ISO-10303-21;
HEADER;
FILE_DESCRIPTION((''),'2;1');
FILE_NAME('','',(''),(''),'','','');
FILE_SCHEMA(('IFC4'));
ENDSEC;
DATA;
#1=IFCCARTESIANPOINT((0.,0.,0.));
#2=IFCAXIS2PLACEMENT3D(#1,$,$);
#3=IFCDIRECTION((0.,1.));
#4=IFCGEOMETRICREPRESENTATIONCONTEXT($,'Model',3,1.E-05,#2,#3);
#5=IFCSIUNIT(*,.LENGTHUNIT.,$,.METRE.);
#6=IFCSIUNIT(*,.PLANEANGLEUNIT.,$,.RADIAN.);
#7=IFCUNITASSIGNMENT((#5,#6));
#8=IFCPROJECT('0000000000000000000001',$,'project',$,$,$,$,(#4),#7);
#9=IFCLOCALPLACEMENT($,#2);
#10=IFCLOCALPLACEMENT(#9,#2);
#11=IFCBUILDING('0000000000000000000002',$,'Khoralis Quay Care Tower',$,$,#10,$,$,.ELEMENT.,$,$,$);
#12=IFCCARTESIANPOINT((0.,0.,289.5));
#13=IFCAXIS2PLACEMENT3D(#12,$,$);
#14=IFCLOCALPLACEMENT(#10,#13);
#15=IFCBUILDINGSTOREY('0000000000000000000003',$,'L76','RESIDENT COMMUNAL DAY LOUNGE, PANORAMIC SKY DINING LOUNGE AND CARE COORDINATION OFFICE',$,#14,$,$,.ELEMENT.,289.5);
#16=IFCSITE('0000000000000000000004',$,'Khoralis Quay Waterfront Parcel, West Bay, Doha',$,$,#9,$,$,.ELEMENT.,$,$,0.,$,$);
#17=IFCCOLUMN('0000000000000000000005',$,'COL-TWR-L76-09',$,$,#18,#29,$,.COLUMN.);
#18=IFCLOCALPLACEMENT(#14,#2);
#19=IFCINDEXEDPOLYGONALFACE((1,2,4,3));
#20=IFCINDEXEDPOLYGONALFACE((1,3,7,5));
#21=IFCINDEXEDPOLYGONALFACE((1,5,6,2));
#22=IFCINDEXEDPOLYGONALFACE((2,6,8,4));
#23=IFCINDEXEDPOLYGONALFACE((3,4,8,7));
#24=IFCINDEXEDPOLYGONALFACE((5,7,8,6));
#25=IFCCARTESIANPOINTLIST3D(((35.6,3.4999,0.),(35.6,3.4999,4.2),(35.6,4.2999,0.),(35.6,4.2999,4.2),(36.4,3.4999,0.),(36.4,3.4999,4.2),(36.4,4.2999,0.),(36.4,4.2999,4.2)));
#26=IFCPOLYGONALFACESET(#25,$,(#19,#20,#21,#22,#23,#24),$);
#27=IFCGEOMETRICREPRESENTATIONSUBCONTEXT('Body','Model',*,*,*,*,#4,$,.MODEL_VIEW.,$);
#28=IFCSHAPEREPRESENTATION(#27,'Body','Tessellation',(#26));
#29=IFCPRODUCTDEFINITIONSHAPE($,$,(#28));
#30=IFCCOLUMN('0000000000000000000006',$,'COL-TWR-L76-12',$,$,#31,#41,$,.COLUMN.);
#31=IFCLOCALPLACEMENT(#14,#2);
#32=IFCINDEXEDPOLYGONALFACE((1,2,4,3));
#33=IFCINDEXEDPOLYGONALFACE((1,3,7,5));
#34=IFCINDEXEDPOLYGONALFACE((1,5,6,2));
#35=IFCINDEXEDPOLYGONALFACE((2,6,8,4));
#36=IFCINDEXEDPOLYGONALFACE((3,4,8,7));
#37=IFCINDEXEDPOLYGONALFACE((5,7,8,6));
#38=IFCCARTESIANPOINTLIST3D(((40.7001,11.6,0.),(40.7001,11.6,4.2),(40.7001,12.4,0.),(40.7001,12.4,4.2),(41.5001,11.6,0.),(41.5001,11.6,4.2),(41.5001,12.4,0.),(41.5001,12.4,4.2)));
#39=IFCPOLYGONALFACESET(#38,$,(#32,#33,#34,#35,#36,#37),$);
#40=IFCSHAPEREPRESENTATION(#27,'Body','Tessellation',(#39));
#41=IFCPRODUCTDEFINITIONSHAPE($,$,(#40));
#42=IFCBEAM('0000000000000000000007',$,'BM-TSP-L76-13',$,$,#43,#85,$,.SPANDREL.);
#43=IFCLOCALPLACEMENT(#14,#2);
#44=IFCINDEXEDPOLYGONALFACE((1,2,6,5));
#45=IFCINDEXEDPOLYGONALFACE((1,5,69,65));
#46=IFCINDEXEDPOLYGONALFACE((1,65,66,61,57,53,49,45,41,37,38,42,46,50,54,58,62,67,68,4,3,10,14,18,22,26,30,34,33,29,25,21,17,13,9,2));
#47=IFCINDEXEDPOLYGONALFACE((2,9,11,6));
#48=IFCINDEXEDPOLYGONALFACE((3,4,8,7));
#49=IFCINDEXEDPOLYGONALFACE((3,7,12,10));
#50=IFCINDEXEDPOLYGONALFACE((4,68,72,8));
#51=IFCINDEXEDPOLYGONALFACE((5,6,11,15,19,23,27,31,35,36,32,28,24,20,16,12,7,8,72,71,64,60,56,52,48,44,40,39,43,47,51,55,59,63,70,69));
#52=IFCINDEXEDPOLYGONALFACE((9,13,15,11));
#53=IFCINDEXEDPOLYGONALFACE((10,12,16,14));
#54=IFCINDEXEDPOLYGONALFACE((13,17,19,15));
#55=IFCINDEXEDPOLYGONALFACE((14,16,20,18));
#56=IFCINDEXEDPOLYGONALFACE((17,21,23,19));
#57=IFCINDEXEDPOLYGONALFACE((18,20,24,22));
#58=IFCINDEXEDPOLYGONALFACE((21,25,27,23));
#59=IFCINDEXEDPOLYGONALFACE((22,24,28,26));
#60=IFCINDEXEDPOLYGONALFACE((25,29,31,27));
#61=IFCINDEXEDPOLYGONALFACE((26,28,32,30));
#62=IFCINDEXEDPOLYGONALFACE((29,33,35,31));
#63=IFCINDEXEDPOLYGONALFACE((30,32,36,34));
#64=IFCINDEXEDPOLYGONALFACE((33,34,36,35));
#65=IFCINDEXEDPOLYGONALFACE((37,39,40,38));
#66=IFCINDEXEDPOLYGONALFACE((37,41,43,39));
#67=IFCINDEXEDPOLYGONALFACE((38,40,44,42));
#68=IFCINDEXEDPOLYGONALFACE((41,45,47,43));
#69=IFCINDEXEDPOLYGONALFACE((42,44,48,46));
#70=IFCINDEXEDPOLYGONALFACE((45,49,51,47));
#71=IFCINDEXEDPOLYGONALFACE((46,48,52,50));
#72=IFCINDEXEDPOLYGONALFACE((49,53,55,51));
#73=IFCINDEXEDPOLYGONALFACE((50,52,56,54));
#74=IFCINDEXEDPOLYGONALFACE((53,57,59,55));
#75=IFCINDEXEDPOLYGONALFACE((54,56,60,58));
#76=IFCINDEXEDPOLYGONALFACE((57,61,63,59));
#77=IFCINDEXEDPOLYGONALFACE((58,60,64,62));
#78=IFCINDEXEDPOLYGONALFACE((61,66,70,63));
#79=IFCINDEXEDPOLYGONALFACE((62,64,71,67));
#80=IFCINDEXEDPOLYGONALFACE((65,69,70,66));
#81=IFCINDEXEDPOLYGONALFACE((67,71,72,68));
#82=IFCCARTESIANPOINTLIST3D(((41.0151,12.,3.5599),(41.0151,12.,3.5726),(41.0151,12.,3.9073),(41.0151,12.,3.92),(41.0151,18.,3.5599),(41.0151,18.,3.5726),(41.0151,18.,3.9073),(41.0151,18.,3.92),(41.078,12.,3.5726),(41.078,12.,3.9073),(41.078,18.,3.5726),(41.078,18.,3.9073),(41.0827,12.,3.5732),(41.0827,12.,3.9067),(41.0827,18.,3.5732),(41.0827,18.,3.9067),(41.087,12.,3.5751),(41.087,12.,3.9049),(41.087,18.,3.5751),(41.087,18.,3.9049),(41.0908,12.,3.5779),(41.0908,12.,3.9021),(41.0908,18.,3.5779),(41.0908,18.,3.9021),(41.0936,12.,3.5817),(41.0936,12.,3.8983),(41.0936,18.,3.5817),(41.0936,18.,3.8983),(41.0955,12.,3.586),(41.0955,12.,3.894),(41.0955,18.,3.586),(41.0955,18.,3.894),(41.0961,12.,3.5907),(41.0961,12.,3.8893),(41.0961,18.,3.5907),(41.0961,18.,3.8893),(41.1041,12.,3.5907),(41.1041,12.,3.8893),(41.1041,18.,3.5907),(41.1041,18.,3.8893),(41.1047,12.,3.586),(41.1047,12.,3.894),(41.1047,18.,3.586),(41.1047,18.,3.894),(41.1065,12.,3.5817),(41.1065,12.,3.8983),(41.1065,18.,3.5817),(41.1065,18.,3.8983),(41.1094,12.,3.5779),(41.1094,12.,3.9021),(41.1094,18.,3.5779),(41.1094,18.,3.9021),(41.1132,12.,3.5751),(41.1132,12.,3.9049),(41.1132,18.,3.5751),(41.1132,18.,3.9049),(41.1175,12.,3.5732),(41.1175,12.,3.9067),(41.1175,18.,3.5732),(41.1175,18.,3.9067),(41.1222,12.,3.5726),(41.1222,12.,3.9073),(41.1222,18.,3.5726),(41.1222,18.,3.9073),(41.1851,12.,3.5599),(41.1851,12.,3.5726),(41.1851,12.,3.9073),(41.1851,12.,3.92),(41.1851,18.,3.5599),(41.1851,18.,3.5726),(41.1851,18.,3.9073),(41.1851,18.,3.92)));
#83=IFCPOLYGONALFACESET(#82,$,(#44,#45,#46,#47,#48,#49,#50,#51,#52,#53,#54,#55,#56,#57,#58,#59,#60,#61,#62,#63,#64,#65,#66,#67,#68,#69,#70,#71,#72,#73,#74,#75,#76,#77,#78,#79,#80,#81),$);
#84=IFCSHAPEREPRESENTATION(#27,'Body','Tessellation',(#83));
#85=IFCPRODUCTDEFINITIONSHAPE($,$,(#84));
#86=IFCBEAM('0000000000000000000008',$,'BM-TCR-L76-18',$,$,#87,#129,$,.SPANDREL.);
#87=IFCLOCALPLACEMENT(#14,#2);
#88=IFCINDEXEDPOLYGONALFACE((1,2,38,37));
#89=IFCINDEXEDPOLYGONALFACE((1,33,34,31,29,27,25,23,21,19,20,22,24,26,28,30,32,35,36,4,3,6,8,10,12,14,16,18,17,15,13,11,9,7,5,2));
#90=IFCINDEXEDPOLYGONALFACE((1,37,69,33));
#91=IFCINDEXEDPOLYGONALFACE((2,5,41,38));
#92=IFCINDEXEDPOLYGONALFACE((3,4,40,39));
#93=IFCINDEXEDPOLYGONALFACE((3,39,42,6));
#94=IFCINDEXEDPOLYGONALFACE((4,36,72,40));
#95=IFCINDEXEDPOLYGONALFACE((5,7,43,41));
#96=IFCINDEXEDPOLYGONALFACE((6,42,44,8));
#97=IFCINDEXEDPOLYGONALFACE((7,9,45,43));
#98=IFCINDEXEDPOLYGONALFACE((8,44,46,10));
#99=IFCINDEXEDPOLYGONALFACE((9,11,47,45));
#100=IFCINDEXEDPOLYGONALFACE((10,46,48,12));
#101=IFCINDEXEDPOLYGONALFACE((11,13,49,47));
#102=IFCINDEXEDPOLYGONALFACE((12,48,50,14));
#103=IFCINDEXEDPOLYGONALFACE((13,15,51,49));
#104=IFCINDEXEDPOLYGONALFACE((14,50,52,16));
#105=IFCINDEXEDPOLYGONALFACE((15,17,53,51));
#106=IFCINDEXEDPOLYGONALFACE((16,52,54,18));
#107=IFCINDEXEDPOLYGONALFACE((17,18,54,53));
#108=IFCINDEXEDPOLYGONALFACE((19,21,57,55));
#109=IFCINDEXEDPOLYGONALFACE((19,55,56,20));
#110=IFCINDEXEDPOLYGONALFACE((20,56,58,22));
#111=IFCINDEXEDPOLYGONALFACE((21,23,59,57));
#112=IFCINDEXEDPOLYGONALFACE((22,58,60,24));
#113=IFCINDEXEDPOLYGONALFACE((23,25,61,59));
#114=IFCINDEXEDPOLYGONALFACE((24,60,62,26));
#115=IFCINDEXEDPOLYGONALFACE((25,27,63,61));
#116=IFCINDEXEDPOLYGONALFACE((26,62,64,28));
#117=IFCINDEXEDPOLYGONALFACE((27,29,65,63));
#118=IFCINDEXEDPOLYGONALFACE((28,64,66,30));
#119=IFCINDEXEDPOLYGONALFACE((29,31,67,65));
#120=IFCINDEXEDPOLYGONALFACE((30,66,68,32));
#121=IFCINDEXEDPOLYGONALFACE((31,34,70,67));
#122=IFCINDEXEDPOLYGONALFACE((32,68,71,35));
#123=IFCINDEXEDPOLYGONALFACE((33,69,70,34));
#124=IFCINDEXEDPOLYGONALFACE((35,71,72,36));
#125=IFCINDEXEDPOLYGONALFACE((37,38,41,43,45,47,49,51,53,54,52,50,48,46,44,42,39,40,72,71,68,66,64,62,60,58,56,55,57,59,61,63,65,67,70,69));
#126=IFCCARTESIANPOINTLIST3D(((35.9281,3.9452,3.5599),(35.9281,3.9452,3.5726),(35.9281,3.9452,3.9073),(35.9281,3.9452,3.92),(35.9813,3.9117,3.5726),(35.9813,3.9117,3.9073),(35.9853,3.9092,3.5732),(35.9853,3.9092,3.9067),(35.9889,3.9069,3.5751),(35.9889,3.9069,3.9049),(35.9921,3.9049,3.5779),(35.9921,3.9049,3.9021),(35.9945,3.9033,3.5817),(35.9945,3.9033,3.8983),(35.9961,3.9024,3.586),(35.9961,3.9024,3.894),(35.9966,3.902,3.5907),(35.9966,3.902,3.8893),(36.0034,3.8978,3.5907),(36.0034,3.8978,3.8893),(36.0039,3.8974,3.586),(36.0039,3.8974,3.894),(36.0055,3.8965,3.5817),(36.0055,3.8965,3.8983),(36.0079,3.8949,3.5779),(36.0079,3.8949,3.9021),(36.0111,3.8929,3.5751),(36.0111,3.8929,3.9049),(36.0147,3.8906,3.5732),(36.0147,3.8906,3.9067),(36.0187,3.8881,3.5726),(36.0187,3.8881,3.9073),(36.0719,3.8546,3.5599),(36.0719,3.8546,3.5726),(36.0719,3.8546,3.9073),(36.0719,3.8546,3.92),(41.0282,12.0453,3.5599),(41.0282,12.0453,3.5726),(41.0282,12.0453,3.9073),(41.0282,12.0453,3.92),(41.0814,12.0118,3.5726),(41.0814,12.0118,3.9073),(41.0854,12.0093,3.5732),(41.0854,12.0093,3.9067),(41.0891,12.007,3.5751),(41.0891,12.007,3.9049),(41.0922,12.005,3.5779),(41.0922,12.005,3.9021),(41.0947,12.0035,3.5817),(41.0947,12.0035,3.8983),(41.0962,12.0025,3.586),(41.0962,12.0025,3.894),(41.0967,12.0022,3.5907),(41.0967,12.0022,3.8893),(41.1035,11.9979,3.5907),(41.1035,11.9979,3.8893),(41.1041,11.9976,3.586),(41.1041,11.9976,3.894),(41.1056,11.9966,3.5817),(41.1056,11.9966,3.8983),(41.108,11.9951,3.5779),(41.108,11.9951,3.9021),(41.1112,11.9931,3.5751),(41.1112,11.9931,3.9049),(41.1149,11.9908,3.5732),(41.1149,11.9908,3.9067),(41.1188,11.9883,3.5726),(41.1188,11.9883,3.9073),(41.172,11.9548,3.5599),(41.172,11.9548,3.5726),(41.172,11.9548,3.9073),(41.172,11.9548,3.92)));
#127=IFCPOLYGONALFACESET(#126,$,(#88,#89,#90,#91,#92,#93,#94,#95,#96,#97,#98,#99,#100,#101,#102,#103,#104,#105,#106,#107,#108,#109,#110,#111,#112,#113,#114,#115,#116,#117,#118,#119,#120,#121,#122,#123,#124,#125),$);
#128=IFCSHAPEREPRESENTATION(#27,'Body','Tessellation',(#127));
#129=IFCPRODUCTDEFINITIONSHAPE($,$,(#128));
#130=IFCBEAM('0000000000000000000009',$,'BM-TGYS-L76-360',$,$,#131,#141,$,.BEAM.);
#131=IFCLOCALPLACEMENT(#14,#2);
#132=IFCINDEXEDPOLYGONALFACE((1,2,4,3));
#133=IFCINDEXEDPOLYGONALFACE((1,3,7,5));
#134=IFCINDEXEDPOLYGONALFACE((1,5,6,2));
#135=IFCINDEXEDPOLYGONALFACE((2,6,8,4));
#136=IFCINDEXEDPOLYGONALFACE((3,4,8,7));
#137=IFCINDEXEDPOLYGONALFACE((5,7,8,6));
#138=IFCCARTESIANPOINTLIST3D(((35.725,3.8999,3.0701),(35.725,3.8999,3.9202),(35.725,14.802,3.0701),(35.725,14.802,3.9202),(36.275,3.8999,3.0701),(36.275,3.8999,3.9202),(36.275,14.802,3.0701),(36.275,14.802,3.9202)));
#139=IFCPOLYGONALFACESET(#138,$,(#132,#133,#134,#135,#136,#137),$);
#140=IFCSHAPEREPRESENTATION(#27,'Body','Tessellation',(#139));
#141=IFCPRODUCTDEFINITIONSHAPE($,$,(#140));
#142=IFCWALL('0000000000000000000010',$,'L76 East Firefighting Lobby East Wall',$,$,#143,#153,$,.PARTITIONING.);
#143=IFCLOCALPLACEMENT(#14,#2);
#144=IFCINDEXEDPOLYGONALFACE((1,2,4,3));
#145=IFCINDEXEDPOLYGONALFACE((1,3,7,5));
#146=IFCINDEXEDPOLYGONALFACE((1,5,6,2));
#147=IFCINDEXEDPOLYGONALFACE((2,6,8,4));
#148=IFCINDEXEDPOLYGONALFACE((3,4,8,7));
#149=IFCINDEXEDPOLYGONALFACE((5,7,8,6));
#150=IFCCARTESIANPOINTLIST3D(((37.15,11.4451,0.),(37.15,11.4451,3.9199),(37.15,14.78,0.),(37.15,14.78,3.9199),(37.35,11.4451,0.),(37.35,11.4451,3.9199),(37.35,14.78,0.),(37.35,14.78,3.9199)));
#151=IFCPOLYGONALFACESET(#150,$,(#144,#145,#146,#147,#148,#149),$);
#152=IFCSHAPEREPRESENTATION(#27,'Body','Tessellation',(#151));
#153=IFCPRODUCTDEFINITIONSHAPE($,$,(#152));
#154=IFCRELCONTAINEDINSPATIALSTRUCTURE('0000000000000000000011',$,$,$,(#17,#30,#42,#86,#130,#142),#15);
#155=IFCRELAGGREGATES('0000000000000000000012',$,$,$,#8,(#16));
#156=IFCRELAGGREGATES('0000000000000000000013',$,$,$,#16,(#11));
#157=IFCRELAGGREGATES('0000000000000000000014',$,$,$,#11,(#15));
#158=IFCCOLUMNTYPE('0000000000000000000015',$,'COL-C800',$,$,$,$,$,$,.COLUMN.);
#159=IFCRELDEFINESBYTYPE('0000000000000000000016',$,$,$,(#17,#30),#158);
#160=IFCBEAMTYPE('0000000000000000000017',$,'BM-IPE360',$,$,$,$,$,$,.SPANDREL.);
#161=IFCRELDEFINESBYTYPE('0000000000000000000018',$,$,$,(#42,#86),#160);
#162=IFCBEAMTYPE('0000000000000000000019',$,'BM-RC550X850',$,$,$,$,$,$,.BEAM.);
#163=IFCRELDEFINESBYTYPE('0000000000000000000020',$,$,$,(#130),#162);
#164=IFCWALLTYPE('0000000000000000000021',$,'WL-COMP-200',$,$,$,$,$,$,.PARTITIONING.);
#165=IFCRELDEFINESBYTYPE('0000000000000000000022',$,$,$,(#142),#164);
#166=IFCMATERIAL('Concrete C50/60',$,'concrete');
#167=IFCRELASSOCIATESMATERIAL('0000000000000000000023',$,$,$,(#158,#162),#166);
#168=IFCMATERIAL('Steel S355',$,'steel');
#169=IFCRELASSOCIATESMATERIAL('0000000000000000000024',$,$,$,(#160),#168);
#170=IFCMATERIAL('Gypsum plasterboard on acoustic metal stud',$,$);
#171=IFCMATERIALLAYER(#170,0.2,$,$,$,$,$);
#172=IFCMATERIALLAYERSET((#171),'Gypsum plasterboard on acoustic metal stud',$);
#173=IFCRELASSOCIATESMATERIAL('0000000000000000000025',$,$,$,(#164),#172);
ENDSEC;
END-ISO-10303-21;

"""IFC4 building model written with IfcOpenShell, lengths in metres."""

from ifc_helpers import new_model, si_unit, direction, frame, frame_2d, origin, origin_2d, place, context, subcontext, project, spatial, rectangle, i_section, extrude, source, transform, mapped, material, layer, layer_set, material_profile, profile_set, type_object, element, save


model = new_model("IFC4")

# Units and contexts
model_context = context("Model", 3, precision=1e-05, world=origin(), true_north=direction((0.0, 1.0)))
body_context = subcontext(model_context, "Body", "Model", "MODEL_VIEW")
ifc_project = project(units=[si_unit("LENGTHUNIT", "METRE"), si_unit("PLANEANGLEUNIT", "RADIAN")], contexts=[model_context])

# Site, building, storey
site_placement = place(None, origin())
site = spatial("IfcSite", under=ifc_project, at=site_placement, Name="Khoralis Quay Waterfront Parcel, West Bay, Doha", CompositionType="ELEMENT", RefElevation=0.0)
building_placement = place(site_placement, origin())
building = spatial("IfcBuilding", under=site, at=building_placement, Name="Khoralis Quay Care Tower", CompositionType="ELEMENT")
storey_placement = place(building_placement, frame((0.0, 0.0, 289.5)))
storey = spatial("IfcBuildingStorey", under=building, at=storey_placement, Name="L76", Description="RESIDENT COMMUNAL DAY LOUNGE, PANORAMIC SKY DINING LOUNGE AND CARE COORDINATION OFFICE", CompositionType="ELEMENT", Elevation=289.5)

# Columns
ifc_material_1 = material(Name="Concrete C50/60", Category="concrete")
ifc_material_profile_1 = material_profile(ifc_material_1, rectangle(XDim=0.8, YDim=0.8, at=origin_2d()), Name="Concrete C50/60")
ifc_profile_set_1 = profile_set([ifc_material_profile_1], Name="Concrete C50/60")
column_type = type_object("IfcColumnType", Name="COL-C800", PredefinedType="COLUMN", material=ifc_profile_set_1)
shared_shape_1 = source(origin(), body_context, "Body", "SweptSolid", [
    extrude(rectangle(XDim=0.8, YDim=0.8, at=origin_2d()), origin(), (0.0, 0.0, 1.0), 4.2),
])
for number, where, z_axis, x_axis, name in (
    (1, (36.0, 3.8999, 0.0), (0.0, 0.0, 1.0), (1.0, 0.0, 0.0), "COL-TWR-L76-09"),
    (2, (41.1001, 12.0, 0.0), (0.0, 0.0, 1.0), (1.0, 0.0, 0.0), "COL-TWR-L76-12"),
):
    element("IfcColumn", number, at=place(storey_placement, frame(where, z_axis=z_axis, x_axis=x_axis)), inside=storey, type_object=column_type, Name=name, PredefinedType="COLUMN", context=body_context, shape_type="MappedRepresentation", body=[
        mapped(shared_shape_1, transform((0.0, 0.0, 0.0), scale=1.0)),
    ])

# Beams
ifc_material_2 = material(Name="Steel S355", Category="steel")
ifc_material_profile_2 = material_profile(ifc_material_2, i_section(OverallWidth=0.1699, OverallDepth=0.3601, WebThickness=0.0081, FlangeThickness=0.0127, FilletRadius=0.0181, at=origin_2d()), Name="Steel S355")
ifc_profile_set_2 = profile_set([ifc_material_profile_2], Name="Steel S355")
beam_type_1 = type_object("IfcBeamType", Name="BM-IPE360", PredefinedType="SPANDREL", material=ifc_profile_set_2)
shared_shape_2 = source(origin(), body_context, "Body", "SweptSolid", [
    extrude(i_section(OverallWidth=0.1699, OverallDepth=0.3601, WebThickness=0.0081, FlangeThickness=0.0127, FilletRadius=0.0181, at=origin_2d()), origin(), (0.0, 0.0, 1.0), 6.0),
])
beam_1_placement = place(storey_placement, frame((41.1001, 12.0, 3.74), z_axis=(0.0, 1.0, 0.0), x_axis=(-1.0, 0.0, 0.0)))
element("IfcBeam", 3, at=beam_1_placement, inside=storey, type_object=beam_type_1, Name="BM-TSP-L76-13", PredefinedType="SPANDREL", context=body_context, shape_type="MappedRepresentation", body=[
    mapped(shared_shape_2, transform((0.0, 0.0, 0.0), scale=1.0)),
])
shared_shape_3 = source(origin(), body_context, "Body", "SweptSolid", [
    extrude(i_section(OverallWidth=0.1699, OverallDepth=0.3601, WebThickness=0.0081, FlangeThickness=0.0127, FilletRadius=0.0181, at=origin_2d()), origin(), (0.0, 0.0, 1.0), 9.572),
])
beam_2_placement = place(storey_placement, frame((36.0, 3.8999, 3.74), z_axis=(0.532816, 0.846231, 0.0), x_axis=(-0.846231, 0.532816, 0.0)))
element("IfcBeam", 4, at=beam_2_placement, inside=storey, type_object=beam_type_1, Name="BM-TCR-L76-18", PredefinedType="SPANDREL", context=body_context, shape_type="MappedRepresentation", body=[
    mapped(shared_shape_3, transform((0.0, 0.0, 0.0), scale=1.0)),
])
ifc_material_profile_3 = material_profile(ifc_material_1, rectangle(XDim=0.55, YDim=0.8501, at=origin_2d()), Name="Concrete C50/60")
ifc_profile_set_3 = profile_set([ifc_material_profile_3], Name="Concrete C50/60")
beam_type_2 = type_object("IfcBeamType", Name="BM-RC550X850", PredefinedType="BEAM", material=ifc_profile_set_3)
shared_shape_4 = source(origin(), body_context, "Body", "SweptSolid", [
    extrude(rectangle(XDim=0.55, YDim=0.8501, at=origin_2d()), origin(), (0.0, 0.0, 1.0), 10.9021),
])
beam_3_placement = place(storey_placement, frame((36.0, 3.8999, 3.4951), z_axis=(0.0, 1.0, 0.0), x_axis=(-1.0, 0.0, 0.0)))
element("IfcBeam", 5, at=beam_3_placement, inside=storey, type_object=beam_type_2, Name="BM-TGYS-L76-360", PredefinedType="BEAM", context=body_context, shape_type="MappedRepresentation", body=[
    mapped(shared_shape_4, transform((0.0, 0.0, 0.0), scale=1.0)),
])

# Wall
ifc_material_3 = material(Name="Gypsum plasterboard on acoustic metal stud")
ifc_layer_1 = layer(ifc_material_3, 0.2)
ifc_layer_set_1 = layer_set([ifc_layer_1], Name="Gypsum plasterboard on acoustic metal stud")
wall_type_1 = type_object("IfcWallType", Name="WL-COMP-200", PredefinedType="PARTITIONING", material=ifc_layer_set_1)
wall_1_placement = place(storey_placement, frame((37.25, 11.4451, 0.0), z_axis=(0.0, 0.0, 1.0), x_axis=(0.0, 1.0, 0.0)))
element("IfcWall", 6, at=wall_1_placement, inside=storey, type_object=wall_type_1, Name="L76 East Firefighting Lobby East Wall", PredefinedType="PARTITIONING", context=body_context, shape_type="SweptSolid", body=[
    extrude(rectangle(XDim=3.335, YDim=0.2, at=frame_2d((1.6675, 0.0))), origin(), (0.0, 0.0, 1.0), 3.9199),
])

save(model, "model.ifc")
